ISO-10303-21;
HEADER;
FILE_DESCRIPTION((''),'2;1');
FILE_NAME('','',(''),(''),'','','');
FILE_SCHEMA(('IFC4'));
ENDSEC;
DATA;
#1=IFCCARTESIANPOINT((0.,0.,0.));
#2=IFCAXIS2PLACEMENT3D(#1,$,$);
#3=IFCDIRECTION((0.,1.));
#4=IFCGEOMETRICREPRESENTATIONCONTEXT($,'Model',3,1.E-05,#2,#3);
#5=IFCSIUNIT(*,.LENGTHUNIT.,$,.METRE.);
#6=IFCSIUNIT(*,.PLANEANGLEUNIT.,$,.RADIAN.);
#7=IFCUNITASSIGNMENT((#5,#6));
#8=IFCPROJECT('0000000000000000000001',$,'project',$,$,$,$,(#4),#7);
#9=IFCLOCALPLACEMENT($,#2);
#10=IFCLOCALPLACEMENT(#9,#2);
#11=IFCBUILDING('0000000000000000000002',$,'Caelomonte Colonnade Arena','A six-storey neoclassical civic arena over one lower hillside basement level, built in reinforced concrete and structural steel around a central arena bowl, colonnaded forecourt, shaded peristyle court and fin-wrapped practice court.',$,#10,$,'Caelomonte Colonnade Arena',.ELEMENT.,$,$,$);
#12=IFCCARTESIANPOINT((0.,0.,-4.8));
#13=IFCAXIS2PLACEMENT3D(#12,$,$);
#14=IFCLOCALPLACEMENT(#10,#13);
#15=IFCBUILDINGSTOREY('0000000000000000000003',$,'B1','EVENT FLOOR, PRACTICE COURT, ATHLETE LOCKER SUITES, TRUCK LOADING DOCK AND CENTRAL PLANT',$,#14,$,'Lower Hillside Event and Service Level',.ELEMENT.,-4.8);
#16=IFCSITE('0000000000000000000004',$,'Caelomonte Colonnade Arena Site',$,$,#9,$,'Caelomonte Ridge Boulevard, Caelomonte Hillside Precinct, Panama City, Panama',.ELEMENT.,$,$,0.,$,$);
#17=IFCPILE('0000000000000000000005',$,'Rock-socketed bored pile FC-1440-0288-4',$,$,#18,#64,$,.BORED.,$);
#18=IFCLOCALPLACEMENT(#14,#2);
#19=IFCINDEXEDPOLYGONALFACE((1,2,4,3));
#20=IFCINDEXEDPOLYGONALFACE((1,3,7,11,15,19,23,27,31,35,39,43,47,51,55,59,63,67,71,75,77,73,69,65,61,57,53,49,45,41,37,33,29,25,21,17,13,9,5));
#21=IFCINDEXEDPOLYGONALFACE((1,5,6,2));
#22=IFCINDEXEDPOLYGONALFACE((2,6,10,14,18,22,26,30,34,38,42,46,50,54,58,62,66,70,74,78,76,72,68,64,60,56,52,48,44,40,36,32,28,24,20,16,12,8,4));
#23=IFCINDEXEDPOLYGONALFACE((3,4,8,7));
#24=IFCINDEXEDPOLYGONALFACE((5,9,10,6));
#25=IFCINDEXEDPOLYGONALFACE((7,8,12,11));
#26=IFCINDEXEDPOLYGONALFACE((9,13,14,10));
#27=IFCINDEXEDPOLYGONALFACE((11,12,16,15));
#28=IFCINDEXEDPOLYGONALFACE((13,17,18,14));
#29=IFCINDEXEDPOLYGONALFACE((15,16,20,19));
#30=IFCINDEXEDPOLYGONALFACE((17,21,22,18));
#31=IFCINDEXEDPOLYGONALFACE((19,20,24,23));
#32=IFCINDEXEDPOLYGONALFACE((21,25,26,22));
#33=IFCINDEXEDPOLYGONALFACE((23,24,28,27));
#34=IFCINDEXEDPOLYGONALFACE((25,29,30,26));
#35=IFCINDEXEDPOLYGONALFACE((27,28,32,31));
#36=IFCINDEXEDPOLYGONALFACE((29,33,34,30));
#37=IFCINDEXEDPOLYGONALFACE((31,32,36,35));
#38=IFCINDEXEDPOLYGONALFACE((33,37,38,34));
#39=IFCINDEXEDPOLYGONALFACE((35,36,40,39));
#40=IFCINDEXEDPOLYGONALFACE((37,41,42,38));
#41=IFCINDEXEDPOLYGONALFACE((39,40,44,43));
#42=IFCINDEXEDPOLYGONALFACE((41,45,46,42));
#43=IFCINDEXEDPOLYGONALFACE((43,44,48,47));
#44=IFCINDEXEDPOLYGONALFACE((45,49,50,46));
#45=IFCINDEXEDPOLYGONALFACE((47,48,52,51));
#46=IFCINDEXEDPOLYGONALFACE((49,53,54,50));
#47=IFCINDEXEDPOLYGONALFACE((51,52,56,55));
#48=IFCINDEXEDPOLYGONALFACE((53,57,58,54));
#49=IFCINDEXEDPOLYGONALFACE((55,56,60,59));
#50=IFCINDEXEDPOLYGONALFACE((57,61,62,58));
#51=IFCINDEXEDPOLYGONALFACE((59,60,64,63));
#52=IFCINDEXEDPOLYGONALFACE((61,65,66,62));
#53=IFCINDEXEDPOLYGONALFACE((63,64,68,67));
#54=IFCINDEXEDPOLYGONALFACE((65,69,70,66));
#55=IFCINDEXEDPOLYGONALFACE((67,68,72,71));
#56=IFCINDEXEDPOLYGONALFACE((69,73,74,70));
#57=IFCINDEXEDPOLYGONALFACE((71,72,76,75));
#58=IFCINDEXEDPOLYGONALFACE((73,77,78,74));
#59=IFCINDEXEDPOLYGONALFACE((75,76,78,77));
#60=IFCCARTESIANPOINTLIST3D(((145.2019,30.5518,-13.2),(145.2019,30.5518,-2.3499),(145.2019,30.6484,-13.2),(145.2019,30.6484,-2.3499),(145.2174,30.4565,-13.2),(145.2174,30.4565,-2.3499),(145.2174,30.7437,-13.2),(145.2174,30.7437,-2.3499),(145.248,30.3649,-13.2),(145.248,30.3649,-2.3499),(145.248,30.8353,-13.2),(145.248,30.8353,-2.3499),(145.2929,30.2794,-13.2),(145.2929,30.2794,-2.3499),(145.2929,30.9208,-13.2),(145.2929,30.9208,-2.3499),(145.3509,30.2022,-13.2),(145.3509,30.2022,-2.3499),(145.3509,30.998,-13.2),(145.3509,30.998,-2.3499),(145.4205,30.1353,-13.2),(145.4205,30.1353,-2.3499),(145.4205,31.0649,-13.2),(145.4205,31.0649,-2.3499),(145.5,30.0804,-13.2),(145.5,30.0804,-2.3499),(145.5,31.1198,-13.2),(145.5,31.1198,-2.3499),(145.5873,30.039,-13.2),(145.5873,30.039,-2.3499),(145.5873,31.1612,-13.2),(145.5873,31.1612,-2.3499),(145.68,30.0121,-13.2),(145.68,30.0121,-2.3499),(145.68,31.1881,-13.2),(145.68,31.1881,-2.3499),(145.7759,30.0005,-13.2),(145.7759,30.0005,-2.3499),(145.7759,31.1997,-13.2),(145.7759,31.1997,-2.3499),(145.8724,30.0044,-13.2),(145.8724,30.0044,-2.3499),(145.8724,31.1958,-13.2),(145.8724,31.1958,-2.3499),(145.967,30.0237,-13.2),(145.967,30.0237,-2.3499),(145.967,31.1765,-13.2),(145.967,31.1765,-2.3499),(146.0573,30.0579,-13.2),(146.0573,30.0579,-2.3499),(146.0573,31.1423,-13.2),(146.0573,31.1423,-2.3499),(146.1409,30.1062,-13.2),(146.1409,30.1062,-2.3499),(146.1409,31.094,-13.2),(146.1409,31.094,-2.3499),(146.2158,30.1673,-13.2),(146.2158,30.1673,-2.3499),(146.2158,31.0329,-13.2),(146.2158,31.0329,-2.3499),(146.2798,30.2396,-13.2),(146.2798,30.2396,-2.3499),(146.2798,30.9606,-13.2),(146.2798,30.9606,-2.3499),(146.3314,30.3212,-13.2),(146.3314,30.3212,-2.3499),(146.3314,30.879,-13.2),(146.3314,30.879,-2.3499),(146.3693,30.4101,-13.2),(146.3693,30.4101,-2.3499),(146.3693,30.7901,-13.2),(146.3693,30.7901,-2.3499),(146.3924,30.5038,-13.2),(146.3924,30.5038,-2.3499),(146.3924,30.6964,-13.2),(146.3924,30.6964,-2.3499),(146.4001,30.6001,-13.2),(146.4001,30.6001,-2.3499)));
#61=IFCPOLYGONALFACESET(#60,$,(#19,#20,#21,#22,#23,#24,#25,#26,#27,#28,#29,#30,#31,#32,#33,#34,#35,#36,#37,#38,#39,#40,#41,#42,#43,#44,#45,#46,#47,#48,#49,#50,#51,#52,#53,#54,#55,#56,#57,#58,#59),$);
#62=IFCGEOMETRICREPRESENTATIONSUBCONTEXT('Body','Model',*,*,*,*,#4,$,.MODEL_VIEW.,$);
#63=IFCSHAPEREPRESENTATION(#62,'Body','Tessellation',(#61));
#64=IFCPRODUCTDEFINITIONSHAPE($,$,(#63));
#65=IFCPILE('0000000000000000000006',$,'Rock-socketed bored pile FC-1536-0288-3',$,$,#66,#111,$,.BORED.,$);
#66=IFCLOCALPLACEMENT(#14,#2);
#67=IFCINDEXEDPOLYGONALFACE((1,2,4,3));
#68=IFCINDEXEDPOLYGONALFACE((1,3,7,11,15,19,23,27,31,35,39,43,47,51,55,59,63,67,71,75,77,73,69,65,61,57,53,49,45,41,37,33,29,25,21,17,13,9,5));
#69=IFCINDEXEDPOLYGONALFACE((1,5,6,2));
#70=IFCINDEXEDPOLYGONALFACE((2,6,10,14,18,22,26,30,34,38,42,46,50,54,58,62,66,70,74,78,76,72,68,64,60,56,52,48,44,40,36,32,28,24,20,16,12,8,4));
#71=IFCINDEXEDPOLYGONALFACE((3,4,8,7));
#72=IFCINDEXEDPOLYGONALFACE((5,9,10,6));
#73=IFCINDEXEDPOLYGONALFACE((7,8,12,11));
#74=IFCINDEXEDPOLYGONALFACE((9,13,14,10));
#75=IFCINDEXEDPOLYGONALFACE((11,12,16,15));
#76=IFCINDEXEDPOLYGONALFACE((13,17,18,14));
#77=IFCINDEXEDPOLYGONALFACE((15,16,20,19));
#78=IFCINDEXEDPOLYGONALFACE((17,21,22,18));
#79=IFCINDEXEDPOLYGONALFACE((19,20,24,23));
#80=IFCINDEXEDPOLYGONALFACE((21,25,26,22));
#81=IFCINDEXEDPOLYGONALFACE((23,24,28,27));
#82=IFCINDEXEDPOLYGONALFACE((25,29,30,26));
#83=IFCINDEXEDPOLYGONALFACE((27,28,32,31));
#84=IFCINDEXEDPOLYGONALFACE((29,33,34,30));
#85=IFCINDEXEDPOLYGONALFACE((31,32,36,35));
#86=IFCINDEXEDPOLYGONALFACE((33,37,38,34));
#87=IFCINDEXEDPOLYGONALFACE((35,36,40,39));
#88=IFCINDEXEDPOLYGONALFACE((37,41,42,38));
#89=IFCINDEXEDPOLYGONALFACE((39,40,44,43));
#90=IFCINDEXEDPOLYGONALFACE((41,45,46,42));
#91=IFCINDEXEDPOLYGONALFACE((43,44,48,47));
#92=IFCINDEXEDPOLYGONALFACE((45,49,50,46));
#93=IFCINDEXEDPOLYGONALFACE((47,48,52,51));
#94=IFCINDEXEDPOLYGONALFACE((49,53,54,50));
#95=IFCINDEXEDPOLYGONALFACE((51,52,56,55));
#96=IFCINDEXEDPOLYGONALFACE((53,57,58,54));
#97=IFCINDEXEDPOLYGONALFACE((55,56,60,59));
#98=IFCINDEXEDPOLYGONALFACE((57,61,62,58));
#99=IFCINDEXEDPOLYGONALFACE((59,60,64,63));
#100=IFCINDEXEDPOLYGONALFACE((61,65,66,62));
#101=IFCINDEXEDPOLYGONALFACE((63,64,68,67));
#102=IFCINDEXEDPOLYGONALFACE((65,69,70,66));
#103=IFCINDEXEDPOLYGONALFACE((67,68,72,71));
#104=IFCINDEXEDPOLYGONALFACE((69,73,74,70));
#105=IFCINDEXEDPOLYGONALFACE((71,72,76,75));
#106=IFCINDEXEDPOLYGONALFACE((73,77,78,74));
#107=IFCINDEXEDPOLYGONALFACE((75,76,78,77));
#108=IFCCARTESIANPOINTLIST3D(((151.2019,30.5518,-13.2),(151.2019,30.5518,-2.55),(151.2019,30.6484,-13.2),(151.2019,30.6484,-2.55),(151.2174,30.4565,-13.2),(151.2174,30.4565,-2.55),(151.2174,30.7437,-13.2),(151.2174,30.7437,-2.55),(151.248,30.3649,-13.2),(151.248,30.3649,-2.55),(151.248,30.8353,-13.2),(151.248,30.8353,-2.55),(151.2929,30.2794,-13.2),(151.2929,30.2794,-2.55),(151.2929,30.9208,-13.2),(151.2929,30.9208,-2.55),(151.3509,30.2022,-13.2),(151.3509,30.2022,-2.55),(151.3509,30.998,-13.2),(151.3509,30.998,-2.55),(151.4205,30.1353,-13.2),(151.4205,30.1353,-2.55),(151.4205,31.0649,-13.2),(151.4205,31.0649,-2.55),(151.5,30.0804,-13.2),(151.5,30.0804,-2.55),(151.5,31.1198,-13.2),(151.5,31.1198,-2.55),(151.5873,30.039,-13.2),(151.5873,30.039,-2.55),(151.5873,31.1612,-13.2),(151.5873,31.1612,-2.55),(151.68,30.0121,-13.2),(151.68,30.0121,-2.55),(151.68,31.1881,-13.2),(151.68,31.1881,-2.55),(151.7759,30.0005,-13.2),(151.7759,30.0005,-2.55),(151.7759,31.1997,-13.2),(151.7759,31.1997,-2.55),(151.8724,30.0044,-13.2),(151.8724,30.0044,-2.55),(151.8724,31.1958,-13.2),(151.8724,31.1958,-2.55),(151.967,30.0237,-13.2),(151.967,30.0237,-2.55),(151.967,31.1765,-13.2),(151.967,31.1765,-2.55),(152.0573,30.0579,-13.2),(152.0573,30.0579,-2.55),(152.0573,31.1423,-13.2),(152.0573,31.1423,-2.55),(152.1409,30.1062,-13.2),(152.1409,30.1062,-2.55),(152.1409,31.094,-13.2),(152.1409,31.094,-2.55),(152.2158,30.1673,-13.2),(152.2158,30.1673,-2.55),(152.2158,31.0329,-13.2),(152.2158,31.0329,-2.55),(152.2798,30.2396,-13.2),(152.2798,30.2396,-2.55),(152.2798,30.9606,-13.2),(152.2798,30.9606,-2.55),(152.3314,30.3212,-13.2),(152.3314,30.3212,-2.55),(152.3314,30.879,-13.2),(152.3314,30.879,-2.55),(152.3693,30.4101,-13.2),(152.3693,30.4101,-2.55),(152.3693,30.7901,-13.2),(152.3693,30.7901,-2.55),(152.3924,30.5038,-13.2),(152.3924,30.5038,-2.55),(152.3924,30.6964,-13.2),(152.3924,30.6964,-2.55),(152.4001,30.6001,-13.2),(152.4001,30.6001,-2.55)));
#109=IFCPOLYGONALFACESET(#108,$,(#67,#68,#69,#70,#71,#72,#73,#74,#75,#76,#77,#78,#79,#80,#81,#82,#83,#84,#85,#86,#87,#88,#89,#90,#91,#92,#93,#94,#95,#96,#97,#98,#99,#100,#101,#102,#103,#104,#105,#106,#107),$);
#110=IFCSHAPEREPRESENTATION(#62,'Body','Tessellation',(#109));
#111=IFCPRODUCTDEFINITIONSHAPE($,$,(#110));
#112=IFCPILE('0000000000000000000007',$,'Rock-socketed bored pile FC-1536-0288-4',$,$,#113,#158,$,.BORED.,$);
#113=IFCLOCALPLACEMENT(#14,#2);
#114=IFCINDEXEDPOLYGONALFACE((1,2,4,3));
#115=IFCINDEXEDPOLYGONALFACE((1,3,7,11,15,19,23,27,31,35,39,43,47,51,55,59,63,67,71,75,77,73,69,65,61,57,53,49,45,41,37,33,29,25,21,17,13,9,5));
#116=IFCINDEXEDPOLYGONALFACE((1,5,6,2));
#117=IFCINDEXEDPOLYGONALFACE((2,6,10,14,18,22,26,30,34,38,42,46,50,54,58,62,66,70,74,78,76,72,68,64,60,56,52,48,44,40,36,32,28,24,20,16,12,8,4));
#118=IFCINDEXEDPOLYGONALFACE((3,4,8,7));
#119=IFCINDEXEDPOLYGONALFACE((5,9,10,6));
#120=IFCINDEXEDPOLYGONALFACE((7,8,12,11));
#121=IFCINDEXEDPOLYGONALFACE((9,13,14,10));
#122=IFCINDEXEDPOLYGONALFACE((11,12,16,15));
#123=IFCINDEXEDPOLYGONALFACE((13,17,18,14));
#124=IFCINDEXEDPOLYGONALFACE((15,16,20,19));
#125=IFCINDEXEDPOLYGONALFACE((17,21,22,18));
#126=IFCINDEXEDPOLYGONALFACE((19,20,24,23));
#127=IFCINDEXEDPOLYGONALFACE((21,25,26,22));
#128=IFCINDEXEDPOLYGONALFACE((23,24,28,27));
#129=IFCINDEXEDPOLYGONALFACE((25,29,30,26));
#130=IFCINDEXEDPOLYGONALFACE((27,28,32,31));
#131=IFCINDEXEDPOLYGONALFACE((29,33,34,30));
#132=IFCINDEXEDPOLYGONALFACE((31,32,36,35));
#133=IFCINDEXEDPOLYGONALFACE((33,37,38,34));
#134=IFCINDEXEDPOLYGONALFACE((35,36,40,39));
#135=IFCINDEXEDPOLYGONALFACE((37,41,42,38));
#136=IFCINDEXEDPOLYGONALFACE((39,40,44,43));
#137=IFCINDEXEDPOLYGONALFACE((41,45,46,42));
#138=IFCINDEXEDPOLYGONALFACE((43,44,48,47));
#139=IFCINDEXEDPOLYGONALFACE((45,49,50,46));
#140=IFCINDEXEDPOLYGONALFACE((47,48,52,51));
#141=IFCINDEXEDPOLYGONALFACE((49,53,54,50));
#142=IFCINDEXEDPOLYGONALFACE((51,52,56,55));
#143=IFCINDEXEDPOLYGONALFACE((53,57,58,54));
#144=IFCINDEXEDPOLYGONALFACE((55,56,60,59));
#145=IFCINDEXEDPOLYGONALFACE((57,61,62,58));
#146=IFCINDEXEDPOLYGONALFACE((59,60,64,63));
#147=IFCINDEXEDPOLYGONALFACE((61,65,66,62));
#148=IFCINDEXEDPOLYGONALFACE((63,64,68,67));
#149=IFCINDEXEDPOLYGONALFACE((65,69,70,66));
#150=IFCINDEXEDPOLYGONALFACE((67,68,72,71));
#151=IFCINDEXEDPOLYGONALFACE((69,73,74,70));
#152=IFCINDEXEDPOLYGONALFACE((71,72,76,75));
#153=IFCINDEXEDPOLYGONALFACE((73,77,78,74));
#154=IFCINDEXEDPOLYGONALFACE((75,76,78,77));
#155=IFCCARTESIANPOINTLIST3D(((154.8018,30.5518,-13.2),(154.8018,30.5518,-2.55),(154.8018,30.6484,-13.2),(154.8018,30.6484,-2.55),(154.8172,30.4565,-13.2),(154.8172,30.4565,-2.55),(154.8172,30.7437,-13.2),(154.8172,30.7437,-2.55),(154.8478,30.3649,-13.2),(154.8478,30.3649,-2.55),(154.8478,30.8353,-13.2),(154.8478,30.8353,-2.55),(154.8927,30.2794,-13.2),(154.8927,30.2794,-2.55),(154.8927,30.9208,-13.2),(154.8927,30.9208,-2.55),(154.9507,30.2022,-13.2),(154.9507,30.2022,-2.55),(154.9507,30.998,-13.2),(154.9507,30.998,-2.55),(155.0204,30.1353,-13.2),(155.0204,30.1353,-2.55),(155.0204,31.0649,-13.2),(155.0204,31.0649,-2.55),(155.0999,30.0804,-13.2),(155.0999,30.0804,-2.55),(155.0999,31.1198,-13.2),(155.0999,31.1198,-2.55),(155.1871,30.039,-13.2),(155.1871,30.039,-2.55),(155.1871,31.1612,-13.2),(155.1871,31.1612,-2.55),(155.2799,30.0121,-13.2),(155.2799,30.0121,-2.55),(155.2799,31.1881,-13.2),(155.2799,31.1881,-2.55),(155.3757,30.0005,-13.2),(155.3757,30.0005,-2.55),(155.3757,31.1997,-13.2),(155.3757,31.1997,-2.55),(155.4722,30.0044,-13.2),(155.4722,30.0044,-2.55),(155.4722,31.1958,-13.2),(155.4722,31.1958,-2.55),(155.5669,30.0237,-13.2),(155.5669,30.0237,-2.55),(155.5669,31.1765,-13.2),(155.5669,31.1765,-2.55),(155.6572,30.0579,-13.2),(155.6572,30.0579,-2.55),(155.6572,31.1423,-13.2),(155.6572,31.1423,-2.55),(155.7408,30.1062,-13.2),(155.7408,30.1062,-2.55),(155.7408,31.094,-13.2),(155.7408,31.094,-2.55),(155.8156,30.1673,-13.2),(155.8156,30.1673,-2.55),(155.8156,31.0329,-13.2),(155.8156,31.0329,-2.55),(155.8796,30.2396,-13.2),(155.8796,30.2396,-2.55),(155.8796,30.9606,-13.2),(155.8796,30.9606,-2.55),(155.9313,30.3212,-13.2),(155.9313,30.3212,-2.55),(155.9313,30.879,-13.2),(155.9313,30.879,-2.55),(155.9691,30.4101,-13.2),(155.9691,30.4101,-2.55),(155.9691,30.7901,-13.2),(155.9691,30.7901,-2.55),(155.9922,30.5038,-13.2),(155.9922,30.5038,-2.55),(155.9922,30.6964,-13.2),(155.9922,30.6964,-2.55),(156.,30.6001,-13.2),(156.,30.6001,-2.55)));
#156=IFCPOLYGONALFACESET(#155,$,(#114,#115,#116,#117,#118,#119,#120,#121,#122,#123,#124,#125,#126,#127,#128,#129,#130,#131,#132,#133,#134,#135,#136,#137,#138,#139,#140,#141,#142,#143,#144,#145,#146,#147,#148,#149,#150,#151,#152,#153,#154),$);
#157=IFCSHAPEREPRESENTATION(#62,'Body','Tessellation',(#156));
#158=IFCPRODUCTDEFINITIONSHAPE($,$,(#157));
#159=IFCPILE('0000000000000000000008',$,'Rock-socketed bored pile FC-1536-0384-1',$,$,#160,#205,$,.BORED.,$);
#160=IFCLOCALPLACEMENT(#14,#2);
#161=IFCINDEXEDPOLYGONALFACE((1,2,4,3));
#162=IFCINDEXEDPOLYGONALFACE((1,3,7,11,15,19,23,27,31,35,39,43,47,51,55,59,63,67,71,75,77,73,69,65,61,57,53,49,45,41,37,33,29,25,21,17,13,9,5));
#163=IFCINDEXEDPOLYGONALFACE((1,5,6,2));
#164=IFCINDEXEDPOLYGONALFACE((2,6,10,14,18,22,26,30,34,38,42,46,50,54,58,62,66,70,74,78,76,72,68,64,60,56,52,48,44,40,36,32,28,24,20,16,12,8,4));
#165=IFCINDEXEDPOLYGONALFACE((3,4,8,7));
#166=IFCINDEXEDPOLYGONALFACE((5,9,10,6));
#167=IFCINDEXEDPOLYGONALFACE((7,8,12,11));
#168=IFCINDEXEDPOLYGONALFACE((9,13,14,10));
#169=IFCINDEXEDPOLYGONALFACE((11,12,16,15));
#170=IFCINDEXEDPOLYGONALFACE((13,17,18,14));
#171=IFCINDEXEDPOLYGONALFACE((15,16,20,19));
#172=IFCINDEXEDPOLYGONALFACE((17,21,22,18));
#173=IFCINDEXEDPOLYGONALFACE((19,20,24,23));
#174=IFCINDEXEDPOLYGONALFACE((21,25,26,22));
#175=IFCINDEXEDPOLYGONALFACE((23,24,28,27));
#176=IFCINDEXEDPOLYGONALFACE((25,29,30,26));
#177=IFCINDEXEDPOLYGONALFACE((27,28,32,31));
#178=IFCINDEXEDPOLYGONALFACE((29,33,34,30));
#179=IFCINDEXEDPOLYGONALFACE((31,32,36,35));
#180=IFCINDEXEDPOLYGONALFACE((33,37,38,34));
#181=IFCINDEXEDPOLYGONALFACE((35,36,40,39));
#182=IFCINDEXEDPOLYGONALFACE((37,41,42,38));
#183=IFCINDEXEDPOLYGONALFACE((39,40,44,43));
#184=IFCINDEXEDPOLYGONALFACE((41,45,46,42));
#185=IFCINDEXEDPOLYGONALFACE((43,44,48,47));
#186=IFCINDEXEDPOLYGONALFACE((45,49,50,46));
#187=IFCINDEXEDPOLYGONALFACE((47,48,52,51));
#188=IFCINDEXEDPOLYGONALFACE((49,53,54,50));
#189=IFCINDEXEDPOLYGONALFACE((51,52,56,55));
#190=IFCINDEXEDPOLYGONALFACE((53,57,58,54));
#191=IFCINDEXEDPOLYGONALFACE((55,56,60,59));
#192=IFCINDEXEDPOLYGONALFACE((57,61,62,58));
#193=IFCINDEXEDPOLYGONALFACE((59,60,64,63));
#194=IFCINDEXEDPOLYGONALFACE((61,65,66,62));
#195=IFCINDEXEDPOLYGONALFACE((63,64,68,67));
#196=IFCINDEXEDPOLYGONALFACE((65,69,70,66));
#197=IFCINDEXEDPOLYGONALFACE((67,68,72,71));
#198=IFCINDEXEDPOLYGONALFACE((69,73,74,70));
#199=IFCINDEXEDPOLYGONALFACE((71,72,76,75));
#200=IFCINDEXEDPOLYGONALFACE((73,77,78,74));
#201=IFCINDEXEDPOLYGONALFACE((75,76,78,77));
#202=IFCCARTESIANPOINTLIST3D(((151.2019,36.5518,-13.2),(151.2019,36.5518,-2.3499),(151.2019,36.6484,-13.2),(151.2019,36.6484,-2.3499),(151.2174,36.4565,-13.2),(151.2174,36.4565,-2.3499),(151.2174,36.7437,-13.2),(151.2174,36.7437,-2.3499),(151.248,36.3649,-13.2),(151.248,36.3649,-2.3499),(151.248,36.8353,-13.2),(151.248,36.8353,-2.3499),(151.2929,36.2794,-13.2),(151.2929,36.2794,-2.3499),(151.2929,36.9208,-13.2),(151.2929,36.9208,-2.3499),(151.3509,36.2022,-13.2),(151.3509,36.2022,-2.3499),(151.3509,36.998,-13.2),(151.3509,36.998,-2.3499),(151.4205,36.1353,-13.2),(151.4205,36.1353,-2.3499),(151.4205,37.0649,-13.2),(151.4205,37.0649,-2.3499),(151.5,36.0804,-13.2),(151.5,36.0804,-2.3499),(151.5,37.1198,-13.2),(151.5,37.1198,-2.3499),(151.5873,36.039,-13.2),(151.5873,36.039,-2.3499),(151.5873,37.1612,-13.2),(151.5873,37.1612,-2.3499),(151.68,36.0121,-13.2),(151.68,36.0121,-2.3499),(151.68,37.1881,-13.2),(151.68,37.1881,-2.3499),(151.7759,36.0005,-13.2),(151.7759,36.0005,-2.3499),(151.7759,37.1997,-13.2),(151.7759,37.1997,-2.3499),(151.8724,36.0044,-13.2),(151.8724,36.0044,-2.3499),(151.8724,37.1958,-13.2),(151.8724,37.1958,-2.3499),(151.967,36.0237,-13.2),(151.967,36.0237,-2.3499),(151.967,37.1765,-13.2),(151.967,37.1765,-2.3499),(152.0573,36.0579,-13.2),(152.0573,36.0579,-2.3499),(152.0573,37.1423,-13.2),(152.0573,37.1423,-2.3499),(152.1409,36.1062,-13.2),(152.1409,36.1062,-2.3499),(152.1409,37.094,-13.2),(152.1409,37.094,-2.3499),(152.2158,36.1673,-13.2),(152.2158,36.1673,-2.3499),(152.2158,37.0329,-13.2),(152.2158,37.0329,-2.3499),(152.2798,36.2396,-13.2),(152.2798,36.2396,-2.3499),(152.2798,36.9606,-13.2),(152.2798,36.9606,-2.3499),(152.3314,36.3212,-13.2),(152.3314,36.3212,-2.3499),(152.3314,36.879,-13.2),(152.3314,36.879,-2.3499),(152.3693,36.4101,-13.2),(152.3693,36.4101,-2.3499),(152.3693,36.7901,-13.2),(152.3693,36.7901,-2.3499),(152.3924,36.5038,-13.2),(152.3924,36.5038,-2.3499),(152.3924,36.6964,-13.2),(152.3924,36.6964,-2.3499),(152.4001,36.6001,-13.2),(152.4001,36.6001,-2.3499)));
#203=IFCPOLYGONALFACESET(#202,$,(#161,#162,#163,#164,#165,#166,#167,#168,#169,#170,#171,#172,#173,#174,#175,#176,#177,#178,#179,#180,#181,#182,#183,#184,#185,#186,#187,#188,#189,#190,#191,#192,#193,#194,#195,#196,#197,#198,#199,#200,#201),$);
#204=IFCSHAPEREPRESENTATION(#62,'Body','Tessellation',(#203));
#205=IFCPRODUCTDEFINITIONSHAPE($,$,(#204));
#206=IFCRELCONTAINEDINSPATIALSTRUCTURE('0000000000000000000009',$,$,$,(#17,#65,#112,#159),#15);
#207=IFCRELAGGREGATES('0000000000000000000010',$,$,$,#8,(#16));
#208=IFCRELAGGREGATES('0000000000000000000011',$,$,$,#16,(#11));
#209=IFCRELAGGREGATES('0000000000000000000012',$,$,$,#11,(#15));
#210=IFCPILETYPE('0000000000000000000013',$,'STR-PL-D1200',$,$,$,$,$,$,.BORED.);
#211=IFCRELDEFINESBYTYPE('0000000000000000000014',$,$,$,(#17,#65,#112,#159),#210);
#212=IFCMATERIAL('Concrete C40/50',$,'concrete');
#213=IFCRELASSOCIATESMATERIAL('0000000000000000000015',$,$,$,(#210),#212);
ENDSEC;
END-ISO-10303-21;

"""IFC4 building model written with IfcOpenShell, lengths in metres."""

from ifc_helpers import new_model, si_unit, direction, frame, origin, origin_2d, place, context, subcontext, project, spatial, circle, extrude, material, material_profile, profile_set, type_object, element, save


model = new_model("IFC4")

# Units and contexts
model_context = context("Model", 3, precision=1e-05, world=origin(), true_north=direction((0.0, 1.0)))
body_context = subcontext(model_context, "Body", "Model", "MODEL_VIEW")
ifc_project = project(units=[si_unit("LENGTHUNIT", "METRE"), si_unit("PLANEANGLEUNIT", "RADIAN")], contexts=[model_context])

# Site, building, storey
site_placement = place(None, origin())
site = spatial("IfcSite", under=ifc_project, at=site_placement, Name="Caelomonte Colonnade Arena Site", LongName="Caelomonte Ridge Boulevard, Caelomonte Hillside Precinct, Panama City, Panama", CompositionType="ELEMENT", RefElevation=0.0)
building_placement = place(site_placement, origin())
building = spatial("IfcBuilding", under=site, at=building_placement, Name="Caelomonte Colonnade Arena", Description="A six-storey neoclassical civic arena over one lower hillside basement level, built in reinforced concrete and structural steel around a central arena bowl, colonnaded forecourt, shaded peristyle court and fin-wrapped practice court.", LongName="Caelomonte Colonnade Arena", CompositionType="ELEMENT")
storey_placement = place(building_placement, frame((0.0, 0.0, -4.8)))
storey = spatial("IfcBuildingStorey", under=building, at=storey_placement, Name="B1", Description="EVENT FLOOR, PRACTICE COURT, ATHLETE LOCKER SUITES, TRUCK LOADING DOCK AND CENTRAL PLANT", LongName="Lower Hillside Event and Service Level", CompositionType="ELEMENT", Elevation=-4.8)

# Shared definitions
ifc_material_1 = material(Name="Concrete C40/50", Category="concrete")

# Piles
ifc_material_profile_1 = material_profile(ifc_material_1, circle(Radius=0.6001, at=origin_2d()), Name="PILE-D1200")
ifc_profile_set_1 = profile_set([ifc_material_profile_1], Name="Concrete C40/50")
pile_type = type_object("IfcPileType", Name="STR-PL-D1200", PredefinedType="BORED", material=ifc_profile_set_1)
pile_placement = place(storey_placement, frame((145.8, 30.6001, -2.3499), z_axis=(0.0, 0.0, -1.0), x_axis=(1.0, 0.0, 0.0)))
element("IfcPile", 1, at=pile_placement, inside=storey, type_object=pile_type, Name="Rock-socketed bored pile FC-1440-0288-4", PredefinedType="BORED", context=body_context, shape_type="SweptSolid", body=[
    extrude(circle(Radius=0.6001, at=origin_2d()), origin(), (0.0, 0.0, 1.0), 10.8501),
])
for number, where, z_axis, x_axis, name in (
    (2, (151.8, 30.6001, -2.55), (0.0, 0.0, -1.0), (1.0, 0.0, 0.0), "Rock-socketed bored pile FC-1536-0288-3"),
    (3, (155.3999, 30.6001, -2.55), (0.0, 0.0, -1.0), (1.0, 0.0, 0.0), "Rock-socketed bored pile FC-1536-0288-4"),
):
    element("IfcPile", number, at=place(storey_placement, frame(where, z_axis=z_axis, x_axis=x_axis)), inside=storey, type_object=pile_type, Name=name, PredefinedType="BORED", context=body_context, shape_type="SweptSolid", body=[
        extrude(circle(Radius=0.6001, at=origin_2d()), origin(), (0.0, 0.0, 1.0), 10.6499),
    ])
for number, where, z_axis, x_axis, name in (
    (4, (151.8, 36.6001, -2.3499), (0.0, 0.0, -1.0), (1.0, 0.0, 0.0), "Rock-socketed bored pile FC-1536-0384-1"),
):
    element("IfcPile", number, at=place(storey_placement, frame(where, z_axis=z_axis, x_axis=x_axis)), inside=storey, type_object=pile_type, Name=name, PredefinedType="BORED", context=body_context, shape_type="SweptSolid", body=[
        extrude(circle(Radius=0.6001, at=origin_2d()), origin(), (0.0, 0.0, 1.0), 10.8501),
    ])

save(model, "model.ifc")
